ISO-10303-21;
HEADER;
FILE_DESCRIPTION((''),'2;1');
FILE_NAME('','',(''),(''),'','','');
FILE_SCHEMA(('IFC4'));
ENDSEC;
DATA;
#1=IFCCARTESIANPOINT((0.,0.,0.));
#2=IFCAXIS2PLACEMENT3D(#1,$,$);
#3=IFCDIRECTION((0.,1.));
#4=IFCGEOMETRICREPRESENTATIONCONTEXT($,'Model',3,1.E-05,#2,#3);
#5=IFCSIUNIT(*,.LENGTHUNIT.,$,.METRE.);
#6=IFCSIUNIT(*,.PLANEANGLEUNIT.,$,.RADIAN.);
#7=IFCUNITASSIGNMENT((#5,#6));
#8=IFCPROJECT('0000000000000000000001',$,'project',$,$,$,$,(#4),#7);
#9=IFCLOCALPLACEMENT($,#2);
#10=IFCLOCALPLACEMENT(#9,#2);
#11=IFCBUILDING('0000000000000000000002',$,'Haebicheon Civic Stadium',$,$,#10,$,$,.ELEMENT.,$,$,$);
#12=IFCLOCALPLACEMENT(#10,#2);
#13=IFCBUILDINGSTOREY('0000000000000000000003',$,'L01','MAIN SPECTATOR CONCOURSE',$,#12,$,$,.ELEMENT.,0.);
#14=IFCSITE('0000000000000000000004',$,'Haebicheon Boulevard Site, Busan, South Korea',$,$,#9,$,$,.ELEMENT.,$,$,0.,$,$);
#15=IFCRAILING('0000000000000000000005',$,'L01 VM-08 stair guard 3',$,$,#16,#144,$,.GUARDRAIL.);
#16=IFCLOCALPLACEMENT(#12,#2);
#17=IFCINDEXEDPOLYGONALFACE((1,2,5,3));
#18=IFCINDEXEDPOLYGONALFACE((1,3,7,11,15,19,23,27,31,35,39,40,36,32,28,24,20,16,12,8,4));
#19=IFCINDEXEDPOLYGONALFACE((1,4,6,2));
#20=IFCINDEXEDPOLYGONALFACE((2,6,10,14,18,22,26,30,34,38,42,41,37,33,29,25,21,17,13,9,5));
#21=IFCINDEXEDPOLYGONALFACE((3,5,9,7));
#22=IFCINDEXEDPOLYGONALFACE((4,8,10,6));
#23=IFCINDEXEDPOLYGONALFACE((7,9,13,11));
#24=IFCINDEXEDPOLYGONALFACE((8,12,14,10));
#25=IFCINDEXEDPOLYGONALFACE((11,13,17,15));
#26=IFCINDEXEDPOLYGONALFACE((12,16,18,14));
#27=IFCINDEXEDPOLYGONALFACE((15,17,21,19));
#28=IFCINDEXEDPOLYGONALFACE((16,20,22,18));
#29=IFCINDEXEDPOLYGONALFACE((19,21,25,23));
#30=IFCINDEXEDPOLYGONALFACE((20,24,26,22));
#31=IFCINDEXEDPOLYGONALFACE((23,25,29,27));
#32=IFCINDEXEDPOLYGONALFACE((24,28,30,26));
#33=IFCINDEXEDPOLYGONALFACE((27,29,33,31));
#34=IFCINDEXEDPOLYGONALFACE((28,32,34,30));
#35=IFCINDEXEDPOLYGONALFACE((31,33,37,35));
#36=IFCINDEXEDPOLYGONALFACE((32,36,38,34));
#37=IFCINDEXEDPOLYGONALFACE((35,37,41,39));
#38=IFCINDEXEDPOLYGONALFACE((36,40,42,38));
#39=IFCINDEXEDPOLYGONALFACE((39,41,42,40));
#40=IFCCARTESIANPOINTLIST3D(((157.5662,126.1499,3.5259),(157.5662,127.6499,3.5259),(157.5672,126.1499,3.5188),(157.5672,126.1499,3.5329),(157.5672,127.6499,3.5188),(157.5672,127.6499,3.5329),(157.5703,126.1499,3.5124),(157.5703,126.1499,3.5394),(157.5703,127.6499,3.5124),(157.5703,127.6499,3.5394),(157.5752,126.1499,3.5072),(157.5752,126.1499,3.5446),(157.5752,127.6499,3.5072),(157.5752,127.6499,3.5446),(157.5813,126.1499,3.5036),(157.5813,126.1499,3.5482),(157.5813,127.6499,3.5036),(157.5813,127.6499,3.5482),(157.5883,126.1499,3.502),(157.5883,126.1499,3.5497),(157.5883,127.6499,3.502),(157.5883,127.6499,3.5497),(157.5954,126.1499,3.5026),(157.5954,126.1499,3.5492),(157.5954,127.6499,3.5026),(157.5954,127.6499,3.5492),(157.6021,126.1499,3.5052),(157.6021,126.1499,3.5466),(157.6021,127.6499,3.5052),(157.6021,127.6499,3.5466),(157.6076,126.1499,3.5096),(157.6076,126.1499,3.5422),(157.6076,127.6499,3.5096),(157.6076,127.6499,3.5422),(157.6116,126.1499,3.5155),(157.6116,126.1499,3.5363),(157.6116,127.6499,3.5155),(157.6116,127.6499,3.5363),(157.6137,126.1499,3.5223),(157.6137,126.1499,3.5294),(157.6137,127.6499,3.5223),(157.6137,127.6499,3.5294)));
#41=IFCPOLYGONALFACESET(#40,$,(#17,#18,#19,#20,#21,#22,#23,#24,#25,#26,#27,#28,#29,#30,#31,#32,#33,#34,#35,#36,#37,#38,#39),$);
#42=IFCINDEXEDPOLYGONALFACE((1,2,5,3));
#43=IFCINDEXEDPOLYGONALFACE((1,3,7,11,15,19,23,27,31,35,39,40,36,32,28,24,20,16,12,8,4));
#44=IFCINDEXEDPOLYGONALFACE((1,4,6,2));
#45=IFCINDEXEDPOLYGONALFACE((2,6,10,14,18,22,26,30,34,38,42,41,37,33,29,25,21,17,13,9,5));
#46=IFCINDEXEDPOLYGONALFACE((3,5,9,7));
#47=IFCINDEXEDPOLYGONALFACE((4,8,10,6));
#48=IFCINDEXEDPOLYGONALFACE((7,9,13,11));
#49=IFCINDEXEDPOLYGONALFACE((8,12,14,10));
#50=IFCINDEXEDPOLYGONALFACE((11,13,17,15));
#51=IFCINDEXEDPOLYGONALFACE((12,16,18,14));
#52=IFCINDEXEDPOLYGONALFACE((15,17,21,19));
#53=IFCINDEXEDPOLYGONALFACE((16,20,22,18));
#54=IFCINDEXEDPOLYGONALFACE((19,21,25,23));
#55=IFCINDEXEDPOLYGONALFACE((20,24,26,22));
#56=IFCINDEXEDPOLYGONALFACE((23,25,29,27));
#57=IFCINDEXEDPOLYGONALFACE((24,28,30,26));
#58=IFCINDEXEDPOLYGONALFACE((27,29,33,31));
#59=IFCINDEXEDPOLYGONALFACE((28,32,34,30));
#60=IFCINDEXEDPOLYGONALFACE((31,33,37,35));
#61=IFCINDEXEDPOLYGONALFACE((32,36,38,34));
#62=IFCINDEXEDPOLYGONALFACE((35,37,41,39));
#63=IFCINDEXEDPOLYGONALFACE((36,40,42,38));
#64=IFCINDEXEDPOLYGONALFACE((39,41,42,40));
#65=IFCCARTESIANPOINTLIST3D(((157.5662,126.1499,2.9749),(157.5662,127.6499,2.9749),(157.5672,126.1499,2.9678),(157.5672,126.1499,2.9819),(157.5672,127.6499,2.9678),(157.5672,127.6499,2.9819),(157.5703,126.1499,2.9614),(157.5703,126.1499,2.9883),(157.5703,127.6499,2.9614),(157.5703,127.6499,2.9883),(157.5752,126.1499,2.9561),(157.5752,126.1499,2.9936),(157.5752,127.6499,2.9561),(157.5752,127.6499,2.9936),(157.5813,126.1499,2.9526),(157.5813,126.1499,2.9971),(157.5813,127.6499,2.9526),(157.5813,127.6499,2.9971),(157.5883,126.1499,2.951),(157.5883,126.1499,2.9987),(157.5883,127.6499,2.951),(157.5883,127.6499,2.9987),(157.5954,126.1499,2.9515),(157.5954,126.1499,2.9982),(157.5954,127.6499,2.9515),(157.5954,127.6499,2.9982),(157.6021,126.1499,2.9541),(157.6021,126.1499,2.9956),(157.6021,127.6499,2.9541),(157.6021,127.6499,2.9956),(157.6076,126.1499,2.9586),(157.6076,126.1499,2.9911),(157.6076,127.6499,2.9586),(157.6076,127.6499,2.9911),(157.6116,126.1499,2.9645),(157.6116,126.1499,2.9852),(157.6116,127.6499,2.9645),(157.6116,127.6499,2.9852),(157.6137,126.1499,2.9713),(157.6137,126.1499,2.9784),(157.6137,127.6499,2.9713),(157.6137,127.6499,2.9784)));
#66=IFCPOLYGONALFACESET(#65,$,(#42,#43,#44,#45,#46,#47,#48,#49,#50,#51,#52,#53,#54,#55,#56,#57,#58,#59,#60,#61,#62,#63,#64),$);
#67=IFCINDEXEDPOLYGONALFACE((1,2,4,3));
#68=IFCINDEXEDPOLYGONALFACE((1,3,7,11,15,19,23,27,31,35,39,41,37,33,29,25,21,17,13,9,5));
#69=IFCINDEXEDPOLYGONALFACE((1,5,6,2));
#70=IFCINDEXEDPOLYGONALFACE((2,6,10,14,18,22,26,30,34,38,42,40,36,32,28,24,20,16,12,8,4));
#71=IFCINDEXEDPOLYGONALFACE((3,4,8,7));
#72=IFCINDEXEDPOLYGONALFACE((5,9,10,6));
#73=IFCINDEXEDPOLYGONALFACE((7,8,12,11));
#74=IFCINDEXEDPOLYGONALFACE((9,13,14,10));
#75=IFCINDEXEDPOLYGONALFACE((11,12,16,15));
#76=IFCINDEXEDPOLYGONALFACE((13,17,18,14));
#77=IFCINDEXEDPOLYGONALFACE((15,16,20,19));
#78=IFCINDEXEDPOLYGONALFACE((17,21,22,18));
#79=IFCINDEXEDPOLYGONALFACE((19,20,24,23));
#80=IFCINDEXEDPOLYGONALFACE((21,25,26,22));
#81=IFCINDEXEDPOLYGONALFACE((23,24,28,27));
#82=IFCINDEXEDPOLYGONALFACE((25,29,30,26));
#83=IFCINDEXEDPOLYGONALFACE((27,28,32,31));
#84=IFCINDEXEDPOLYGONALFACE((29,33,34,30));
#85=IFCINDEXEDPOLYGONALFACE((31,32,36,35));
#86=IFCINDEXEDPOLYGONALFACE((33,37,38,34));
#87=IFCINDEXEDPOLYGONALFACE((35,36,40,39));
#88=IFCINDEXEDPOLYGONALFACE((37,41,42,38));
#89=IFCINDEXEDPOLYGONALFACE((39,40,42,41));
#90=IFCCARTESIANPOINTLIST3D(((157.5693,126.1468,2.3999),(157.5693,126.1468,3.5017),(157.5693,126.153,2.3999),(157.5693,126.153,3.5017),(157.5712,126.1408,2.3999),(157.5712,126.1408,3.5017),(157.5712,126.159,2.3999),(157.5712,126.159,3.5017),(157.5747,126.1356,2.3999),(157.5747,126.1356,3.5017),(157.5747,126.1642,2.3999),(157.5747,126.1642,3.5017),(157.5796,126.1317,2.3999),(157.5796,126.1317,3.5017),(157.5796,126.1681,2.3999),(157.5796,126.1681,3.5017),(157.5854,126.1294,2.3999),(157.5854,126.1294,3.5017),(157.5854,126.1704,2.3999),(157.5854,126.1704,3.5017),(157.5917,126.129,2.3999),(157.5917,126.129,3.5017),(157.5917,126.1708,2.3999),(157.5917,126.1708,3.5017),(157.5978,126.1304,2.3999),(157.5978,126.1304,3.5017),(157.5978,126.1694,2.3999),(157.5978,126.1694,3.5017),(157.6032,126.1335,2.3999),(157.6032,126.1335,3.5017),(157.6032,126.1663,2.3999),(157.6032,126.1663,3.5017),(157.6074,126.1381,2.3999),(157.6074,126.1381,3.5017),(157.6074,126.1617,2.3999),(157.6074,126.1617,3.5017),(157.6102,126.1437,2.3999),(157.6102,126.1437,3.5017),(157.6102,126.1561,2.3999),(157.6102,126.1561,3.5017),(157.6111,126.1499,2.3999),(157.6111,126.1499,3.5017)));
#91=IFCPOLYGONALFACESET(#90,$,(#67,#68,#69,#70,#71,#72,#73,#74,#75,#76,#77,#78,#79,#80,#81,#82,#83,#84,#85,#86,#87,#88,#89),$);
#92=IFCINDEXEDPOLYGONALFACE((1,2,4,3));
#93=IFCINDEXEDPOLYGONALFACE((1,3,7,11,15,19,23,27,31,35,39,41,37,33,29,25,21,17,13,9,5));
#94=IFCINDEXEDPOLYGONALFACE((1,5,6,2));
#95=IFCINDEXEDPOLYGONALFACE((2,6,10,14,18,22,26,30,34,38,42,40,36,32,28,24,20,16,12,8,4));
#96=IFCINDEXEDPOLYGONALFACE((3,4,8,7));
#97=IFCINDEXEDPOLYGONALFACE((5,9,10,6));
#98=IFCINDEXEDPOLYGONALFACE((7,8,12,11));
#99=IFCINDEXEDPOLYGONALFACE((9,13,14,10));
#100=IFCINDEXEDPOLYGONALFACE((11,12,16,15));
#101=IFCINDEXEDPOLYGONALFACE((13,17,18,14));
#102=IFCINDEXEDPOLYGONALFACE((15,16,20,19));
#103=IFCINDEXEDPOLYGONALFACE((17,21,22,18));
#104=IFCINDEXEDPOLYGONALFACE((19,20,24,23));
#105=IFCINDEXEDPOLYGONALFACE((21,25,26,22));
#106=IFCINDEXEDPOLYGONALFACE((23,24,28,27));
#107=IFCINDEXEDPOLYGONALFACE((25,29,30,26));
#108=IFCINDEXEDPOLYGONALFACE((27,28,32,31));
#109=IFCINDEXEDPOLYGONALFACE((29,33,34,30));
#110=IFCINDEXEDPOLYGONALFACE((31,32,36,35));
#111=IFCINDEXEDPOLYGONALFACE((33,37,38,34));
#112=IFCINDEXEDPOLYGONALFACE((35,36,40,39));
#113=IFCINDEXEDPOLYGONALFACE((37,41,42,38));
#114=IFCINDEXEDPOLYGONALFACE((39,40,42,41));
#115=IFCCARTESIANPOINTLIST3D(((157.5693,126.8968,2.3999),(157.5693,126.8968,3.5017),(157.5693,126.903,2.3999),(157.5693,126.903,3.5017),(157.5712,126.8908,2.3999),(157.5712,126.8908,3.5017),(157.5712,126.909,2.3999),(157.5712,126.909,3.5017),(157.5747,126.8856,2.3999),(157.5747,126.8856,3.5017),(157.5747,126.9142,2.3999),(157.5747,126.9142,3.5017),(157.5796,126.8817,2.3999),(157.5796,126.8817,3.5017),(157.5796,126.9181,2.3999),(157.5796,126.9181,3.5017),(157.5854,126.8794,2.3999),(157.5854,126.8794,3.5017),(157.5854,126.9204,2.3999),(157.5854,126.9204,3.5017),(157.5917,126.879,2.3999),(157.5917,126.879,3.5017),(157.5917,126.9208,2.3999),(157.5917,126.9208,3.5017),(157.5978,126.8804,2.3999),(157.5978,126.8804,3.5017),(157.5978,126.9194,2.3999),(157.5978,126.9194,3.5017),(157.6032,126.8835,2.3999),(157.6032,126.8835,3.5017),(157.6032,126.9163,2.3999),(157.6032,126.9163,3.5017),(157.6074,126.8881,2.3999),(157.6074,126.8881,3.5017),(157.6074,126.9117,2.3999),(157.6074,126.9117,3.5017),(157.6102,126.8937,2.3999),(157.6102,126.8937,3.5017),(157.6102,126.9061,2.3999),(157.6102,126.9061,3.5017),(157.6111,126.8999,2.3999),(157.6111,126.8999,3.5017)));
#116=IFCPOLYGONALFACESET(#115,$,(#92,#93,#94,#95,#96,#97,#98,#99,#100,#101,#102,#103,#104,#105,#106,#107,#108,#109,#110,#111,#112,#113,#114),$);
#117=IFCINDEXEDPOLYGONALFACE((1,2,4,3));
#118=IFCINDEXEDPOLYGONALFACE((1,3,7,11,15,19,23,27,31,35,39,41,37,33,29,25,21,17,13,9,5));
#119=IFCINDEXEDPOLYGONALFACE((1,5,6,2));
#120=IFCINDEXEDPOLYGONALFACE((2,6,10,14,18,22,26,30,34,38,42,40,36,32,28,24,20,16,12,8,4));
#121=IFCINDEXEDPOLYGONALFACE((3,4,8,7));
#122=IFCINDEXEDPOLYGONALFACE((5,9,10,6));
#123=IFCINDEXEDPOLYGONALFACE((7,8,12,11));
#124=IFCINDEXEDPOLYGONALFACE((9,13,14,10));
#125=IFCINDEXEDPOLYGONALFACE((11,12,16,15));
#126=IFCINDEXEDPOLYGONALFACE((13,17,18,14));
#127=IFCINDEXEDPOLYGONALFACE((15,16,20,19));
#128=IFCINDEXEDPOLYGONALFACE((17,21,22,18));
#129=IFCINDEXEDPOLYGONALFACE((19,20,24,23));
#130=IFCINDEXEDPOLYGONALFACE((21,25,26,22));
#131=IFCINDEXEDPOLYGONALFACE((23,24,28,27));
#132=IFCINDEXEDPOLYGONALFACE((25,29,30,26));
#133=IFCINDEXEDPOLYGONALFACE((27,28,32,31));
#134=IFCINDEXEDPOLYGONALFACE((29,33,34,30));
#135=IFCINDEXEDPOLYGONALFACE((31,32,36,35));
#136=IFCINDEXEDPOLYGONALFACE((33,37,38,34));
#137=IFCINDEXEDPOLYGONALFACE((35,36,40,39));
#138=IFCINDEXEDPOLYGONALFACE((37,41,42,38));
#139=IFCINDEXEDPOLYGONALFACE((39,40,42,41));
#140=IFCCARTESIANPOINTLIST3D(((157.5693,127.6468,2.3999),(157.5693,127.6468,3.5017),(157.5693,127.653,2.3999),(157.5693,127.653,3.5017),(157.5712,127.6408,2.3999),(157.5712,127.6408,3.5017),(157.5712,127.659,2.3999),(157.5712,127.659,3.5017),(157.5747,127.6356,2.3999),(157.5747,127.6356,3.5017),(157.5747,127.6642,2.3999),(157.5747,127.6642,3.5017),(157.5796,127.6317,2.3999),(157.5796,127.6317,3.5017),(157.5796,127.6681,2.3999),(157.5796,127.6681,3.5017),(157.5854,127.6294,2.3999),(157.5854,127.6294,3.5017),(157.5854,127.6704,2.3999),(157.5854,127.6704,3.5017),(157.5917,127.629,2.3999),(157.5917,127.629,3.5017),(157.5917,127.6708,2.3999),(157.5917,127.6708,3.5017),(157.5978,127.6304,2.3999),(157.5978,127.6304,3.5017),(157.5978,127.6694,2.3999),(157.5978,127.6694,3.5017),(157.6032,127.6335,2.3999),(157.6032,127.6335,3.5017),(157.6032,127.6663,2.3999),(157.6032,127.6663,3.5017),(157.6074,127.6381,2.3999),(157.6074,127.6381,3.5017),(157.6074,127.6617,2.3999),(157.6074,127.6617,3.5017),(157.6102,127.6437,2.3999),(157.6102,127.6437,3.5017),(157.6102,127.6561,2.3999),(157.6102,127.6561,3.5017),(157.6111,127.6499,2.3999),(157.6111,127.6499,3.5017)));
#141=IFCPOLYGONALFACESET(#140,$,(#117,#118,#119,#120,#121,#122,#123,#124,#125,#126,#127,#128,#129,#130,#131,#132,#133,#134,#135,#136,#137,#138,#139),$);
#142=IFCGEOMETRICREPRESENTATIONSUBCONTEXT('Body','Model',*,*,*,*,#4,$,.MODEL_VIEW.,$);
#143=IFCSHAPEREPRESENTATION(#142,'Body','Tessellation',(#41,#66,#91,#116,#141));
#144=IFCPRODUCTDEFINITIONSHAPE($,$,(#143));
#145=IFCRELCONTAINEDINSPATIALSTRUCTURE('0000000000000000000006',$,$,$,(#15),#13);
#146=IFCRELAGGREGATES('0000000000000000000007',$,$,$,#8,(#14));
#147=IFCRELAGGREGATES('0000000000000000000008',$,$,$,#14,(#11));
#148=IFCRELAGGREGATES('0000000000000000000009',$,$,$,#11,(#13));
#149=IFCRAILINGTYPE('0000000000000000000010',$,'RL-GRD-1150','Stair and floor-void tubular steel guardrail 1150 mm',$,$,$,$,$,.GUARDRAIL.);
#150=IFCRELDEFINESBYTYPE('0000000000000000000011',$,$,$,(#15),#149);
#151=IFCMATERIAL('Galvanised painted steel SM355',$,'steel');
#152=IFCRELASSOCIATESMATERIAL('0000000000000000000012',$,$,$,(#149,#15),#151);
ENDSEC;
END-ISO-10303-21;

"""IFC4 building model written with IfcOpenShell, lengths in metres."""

from ifc_helpers import new_model, si_unit, direction, frame, origin, origin_2d, place, context, subcontext, project, spatial, circle, extrude, material, type_object, element, save


model = new_model("IFC4")

# Units and contexts
model_context = context("Model", 3, precision=1e-05, world=origin(), true_north=direction((0.0, 1.0)))
body_context = subcontext(model_context, "Body", "Model", "MODEL_VIEW")
ifc_project = project(units=[si_unit("LENGTHUNIT", "METRE"), si_unit("PLANEANGLEUNIT", "RADIAN")], contexts=[model_context])

# Site, building, storey
site_placement = place(None, origin())
site = spatial("IfcSite", under=ifc_project, at=site_placement, Name="Haebicheon Boulevard Site, Busan, South Korea", CompositionType="ELEMENT", RefElevation=0.0)
building_placement = place(site_placement, origin())
building = spatial("IfcBuilding", under=site, at=building_placement, Name="Haebicheon Civic Stadium", CompositionType="ELEMENT")
storey_placement = place(building_placement, origin())
storey = spatial("IfcBuildingStorey", under=building, at=storey_placement, Name="L01", Description="MAIN SPECTATOR CONCOURSE", CompositionType="ELEMENT", Elevation=0.0)

# Railing
ifc_material_1 = material(Name="Galvanised painted steel SM355", Category="steel")
railing_type_1 = type_object("IfcRailingType", Name="RL-GRD-1150", Description="Stair and floor-void tubular steel guardrail 1150 mm", PredefinedType="GUARDRAIL", material=ifc_material_1)
for number, where, name in (
    (1, (157.5901, 126.1499, 2.3999), "L01 VM-08 stair guard 3"),
):
    element("IfcRailing", number, at=place(storey_placement, frame(where)), inside=storey, type_object=railing_type_1, material=ifc_material_1, Name=name, PredefinedType="GUARDRAIL", context=body_context, shape_type="SweptSolid", body=[
        extrude(circle(Radius=0.0239, at=origin_2d()), frame((0.0, 0.0, 1.126), z_axis=(0.0, 1.0, 0.0), x_axis=(-1.0, 0.0, 0.0)), (0.0, 0.0, 1.0), 1.5),
        extrude(circle(Radius=0.0239, at=origin_2d()), frame((0.0, 0.0, 0.575), z_axis=(0.0, 1.0, 0.0), x_axis=(-1.0, 0.0, 0.0)), (0.0, 0.0, 1.0), 1.5),
        extrude(circle(Radius=0.021, at=origin_2d()), origin(), (0.0, 0.0, 1.0), 1.1018),
        extrude(circle(Radius=0.021, at=origin_2d()), frame((0.0, 0.75, 0.0)), (0.0, 0.0, 1.0), 1.1018),
        extrude(circle(Radius=0.021, at=origin_2d()), frame((0.0, 1.5, 0.0)), (0.0, 0.0, 1.0), 1.1018),
    ])

save(model, "model.ifc")
